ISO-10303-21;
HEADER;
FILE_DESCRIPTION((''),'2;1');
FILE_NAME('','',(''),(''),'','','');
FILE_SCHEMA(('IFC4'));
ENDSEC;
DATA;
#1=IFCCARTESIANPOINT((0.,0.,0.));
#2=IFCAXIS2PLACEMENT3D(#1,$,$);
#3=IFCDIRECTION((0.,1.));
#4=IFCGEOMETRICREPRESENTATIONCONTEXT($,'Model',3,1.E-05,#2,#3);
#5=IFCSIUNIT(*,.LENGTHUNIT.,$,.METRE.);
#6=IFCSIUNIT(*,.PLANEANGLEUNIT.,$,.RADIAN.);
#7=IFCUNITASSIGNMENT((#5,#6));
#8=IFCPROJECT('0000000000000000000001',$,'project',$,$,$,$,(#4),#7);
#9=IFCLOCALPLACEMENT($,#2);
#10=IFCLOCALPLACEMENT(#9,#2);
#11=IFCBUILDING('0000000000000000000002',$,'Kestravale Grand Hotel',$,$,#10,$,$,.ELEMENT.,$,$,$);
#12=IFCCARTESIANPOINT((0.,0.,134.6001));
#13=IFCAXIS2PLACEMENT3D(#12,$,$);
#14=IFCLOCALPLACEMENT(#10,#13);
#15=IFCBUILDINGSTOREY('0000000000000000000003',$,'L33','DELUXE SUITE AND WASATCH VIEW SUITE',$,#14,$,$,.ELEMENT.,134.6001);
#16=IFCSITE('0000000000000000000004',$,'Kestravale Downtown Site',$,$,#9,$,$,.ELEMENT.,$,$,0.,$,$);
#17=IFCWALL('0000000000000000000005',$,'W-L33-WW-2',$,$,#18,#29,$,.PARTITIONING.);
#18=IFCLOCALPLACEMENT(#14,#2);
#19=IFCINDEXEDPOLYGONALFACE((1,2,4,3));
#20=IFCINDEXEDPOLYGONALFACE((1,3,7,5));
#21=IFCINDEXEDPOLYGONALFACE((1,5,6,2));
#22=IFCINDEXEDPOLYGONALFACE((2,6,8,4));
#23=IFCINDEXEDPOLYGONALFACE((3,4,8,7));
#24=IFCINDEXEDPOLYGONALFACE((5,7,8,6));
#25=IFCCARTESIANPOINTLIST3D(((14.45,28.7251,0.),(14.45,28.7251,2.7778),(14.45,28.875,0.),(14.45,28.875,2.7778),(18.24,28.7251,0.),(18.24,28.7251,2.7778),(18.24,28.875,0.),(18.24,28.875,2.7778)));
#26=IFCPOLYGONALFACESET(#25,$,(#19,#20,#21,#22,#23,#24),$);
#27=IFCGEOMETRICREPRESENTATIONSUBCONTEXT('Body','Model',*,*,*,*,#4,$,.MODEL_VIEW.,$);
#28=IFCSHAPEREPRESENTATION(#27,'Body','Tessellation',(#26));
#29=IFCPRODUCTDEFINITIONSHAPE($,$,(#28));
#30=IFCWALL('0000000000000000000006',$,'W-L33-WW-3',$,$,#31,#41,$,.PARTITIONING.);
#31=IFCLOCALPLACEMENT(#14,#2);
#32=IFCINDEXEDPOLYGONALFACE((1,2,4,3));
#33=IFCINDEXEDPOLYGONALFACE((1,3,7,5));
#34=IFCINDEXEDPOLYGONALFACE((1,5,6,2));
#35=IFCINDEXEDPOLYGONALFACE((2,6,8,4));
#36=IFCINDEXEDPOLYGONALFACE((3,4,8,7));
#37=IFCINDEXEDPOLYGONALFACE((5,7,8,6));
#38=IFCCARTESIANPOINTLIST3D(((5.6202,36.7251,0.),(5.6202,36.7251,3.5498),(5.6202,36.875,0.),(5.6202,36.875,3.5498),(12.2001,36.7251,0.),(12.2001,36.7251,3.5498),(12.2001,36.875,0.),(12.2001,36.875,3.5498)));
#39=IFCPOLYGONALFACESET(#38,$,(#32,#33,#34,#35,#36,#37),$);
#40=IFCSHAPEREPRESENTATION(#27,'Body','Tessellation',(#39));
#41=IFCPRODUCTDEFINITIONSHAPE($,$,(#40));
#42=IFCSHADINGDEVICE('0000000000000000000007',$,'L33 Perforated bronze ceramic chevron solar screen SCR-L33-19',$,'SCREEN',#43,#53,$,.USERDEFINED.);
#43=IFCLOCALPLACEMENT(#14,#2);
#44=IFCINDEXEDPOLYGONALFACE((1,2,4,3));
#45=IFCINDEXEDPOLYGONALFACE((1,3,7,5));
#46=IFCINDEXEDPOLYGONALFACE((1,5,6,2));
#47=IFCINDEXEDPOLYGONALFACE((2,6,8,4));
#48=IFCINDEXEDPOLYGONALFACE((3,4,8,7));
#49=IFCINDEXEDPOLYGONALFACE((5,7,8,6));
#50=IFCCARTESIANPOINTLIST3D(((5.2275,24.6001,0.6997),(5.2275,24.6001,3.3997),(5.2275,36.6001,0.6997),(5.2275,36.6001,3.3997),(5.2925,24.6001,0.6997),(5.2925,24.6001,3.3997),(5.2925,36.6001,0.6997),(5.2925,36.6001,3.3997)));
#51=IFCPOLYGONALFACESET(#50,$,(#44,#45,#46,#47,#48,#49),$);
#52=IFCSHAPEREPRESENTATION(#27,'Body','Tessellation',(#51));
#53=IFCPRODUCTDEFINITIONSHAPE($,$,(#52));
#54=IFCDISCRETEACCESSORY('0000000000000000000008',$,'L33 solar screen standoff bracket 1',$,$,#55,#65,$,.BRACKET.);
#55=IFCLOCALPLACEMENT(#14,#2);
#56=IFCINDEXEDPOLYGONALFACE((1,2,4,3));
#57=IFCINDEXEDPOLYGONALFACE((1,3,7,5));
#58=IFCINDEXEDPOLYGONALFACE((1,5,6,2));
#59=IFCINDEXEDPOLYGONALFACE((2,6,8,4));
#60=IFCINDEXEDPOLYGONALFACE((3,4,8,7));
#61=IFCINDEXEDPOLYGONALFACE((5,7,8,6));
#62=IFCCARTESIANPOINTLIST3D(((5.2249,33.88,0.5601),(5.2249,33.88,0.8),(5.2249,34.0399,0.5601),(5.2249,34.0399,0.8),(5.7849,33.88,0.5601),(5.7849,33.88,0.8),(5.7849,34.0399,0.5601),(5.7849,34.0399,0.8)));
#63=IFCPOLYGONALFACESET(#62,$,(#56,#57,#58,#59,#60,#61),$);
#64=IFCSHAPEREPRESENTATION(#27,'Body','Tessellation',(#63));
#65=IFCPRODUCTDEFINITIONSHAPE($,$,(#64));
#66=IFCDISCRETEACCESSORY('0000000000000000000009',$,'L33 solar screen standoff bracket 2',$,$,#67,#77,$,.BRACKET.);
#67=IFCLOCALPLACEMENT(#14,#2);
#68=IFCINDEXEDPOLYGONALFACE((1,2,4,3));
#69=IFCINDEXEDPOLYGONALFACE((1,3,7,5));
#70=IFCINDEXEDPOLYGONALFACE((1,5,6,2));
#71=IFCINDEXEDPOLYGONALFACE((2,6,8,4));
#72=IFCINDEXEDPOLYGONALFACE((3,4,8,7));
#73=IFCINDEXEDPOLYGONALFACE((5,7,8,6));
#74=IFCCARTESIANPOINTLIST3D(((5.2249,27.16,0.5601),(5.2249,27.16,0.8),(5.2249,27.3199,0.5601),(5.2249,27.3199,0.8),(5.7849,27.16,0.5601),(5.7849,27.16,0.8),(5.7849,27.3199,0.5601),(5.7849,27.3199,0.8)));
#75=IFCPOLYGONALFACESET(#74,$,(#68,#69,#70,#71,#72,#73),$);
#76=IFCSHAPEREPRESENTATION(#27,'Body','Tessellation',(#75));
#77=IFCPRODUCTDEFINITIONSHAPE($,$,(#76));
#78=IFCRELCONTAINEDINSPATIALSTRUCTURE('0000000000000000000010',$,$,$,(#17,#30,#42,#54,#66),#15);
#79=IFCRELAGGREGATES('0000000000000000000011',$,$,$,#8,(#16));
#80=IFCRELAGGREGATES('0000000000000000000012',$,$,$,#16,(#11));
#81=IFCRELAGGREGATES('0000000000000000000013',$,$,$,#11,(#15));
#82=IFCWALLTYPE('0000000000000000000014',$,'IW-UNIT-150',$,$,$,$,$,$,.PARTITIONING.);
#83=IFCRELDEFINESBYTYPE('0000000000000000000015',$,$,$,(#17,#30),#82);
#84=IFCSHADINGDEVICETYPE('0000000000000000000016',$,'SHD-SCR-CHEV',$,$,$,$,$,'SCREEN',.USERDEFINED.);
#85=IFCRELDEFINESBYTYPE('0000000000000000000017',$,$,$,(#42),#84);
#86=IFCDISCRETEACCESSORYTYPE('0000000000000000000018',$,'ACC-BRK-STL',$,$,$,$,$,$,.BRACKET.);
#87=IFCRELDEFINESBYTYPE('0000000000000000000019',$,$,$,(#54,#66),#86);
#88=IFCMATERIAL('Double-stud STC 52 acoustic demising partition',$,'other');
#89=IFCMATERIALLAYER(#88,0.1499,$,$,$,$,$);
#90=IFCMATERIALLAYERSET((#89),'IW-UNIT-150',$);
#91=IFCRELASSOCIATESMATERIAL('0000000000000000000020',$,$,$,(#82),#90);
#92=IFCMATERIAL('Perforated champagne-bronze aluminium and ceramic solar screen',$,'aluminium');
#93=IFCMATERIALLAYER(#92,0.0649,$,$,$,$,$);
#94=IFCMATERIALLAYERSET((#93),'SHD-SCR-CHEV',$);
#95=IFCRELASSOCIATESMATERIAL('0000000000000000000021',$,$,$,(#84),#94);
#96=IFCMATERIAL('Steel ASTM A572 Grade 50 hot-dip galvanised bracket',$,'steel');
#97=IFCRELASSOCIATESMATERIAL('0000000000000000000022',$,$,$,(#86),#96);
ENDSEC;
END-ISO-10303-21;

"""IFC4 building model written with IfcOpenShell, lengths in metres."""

from ifc_helpers import new_model, si_unit, direction, frame, frame_2d, origin, origin_2d, place, context, subcontext, project, spatial, rectangle, extrude, material, layer, layer_set, type_object, element, save


model = new_model("IFC4")

# Units and contexts
model_context = context("Model", 3, precision=1e-05, world=origin(), true_north=direction((0.0, 1.0)))
body_context = subcontext(model_context, "Body", "Model", "MODEL_VIEW")
ifc_project = project(units=[si_unit("LENGTHUNIT", "METRE"), si_unit("PLANEANGLEUNIT", "RADIAN")], contexts=[model_context])

# Site, building, storey
site_placement = place(None, origin())
site = spatial("IfcSite", under=ifc_project, at=site_placement, Name="Kestravale Downtown Site", CompositionType="ELEMENT", RefElevation=0.0)
building_placement = place(site_placement, origin())
building = spatial("IfcBuilding", under=site, at=building_placement, Name="Kestravale Grand Hotel", CompositionType="ELEMENT")
storey_placement = place(building_placement, frame((0.0, 0.0, 134.6001)))
storey = spatial("IfcBuildingStorey", under=building, at=storey_placement, Name="L33", Description="DELUXE SUITE AND WASATCH VIEW SUITE", CompositionType="ELEMENT", Elevation=134.6001)

# Walls
ifc_material_1 = material(Name="Double-stud STC 52 acoustic demising partition", Category="other")
ifc_layer_1 = layer(ifc_material_1, 0.1499)
ifc_layer_set_1 = layer_set([ifc_layer_1], Name="IW-UNIT-150")
wall_type_1 = type_object("IfcWallType", Name="IW-UNIT-150", PredefinedType="PARTITIONING", material=ifc_layer_set_1)
wall_1_placement = place(storey_placement, frame((14.45, 28.8, 0.0), z_axis=(0.0, 0.0, 1.0), x_axis=(1.0, 0.0, 0.0)))
element("IfcWall", 1, at=wall_1_placement, inside=storey, type_object=wall_type_1, Name="W-L33-WW-2", PredefinedType="PARTITIONING", context=body_context, shape_type="SweptSolid", body=[
    extrude(rectangle(XDim=3.79, YDim=0.1499, at=frame_2d((1.895, 0.0))), origin(), (0.0, 0.0, 1.0), 2.7778),
])
wall_2_placement = place(storey_placement, frame((5.6201, 36.8, 0.0), z_axis=(0.0, 0.0, 1.0), x_axis=(1.0, 0.0, 0.0)))
element("IfcWall", 2, at=wall_2_placement, inside=storey, type_object=wall_type_1, Name="W-L33-WW-3", PredefinedType="PARTITIONING", context=body_context, shape_type="SweptSolid", body=[
    extrude(rectangle(XDim=6.5798, YDim=0.1499, at=frame_2d((3.29, 0.0))), origin(), (0.0, 0.0, 1.0), 3.5498),
])

# Shading device
ifc_material_2 = material(Name="Perforated champagne-bronze aluminium and ceramic solar screen", Category="aluminium")
ifc_layer_2 = layer(ifc_material_2, 0.0649)
ifc_layer_set_2 = layer_set([ifc_layer_2], Name="SHD-SCR-CHEV")
shading_device_type = type_object("IfcShadingDeviceType", Name="SHD-SCR-CHEV", ElementType="SCREEN", PredefinedType="USERDEFINED", material=ifc_layer_set_2)
shading_device_placement = place(storey_placement, frame((5.26, 30.6001, 0.6997), z_axis=(0.0, 0.0, 1.0), x_axis=(0.0, -1.0, 0.0)))
element("IfcShadingDevice", 3, at=shading_device_placement, inside=storey, type_object=shading_device_type, Name="L33 Perforated bronze ceramic chevron solar screen SCR-L33-19", ObjectType="SCREEN", PredefinedType="USERDEFINED", context=body_context, shape_type="SweptSolid", body=[
    extrude(rectangle(XDim=12.0, YDim=0.0649, at=origin_2d()), origin(), (0.0, 0.0, 1.0), 2.7),
])

# Discrete accessories
ifc_material_3 = material(Name="Steel ASTM A572 Grade 50 hot-dip galvanised bracket", Category="steel")
discrete_accessory_type = type_object("IfcDiscreteAccessoryType", Name="ACC-BRK-STL", PredefinedType="BRACKET", material=ifc_material_3)
for number, where, z_axis, x_axis, name in (
    (4, (5.5049, 33.96, 0.5601), (0.0, 0.0, 1.0), (0.0, -1.0, 0.0), "L33 solar screen standoff bracket 1"),
    (5, (5.5049, 27.24, 0.5601), (0.0, 0.0, 1.0), (0.0, -1.0, 0.0), "L33 solar screen standoff bracket 2"),
):
    element("IfcDiscreteAccessory", number, at=place(storey_placement, frame(where, z_axis=z_axis, x_axis=x_axis)), inside=storey, type_object=discrete_accessory_type, Name=name, PredefinedType="BRACKET", context=body_context, shape_type="SweptSolid", body=[
        extrude(rectangle(XDim=0.1599, YDim=0.5601, at=origin_2d()), origin(), (0.0, 0.0, 1.0), 0.24),
    ])

save(model, "model.ifc")
